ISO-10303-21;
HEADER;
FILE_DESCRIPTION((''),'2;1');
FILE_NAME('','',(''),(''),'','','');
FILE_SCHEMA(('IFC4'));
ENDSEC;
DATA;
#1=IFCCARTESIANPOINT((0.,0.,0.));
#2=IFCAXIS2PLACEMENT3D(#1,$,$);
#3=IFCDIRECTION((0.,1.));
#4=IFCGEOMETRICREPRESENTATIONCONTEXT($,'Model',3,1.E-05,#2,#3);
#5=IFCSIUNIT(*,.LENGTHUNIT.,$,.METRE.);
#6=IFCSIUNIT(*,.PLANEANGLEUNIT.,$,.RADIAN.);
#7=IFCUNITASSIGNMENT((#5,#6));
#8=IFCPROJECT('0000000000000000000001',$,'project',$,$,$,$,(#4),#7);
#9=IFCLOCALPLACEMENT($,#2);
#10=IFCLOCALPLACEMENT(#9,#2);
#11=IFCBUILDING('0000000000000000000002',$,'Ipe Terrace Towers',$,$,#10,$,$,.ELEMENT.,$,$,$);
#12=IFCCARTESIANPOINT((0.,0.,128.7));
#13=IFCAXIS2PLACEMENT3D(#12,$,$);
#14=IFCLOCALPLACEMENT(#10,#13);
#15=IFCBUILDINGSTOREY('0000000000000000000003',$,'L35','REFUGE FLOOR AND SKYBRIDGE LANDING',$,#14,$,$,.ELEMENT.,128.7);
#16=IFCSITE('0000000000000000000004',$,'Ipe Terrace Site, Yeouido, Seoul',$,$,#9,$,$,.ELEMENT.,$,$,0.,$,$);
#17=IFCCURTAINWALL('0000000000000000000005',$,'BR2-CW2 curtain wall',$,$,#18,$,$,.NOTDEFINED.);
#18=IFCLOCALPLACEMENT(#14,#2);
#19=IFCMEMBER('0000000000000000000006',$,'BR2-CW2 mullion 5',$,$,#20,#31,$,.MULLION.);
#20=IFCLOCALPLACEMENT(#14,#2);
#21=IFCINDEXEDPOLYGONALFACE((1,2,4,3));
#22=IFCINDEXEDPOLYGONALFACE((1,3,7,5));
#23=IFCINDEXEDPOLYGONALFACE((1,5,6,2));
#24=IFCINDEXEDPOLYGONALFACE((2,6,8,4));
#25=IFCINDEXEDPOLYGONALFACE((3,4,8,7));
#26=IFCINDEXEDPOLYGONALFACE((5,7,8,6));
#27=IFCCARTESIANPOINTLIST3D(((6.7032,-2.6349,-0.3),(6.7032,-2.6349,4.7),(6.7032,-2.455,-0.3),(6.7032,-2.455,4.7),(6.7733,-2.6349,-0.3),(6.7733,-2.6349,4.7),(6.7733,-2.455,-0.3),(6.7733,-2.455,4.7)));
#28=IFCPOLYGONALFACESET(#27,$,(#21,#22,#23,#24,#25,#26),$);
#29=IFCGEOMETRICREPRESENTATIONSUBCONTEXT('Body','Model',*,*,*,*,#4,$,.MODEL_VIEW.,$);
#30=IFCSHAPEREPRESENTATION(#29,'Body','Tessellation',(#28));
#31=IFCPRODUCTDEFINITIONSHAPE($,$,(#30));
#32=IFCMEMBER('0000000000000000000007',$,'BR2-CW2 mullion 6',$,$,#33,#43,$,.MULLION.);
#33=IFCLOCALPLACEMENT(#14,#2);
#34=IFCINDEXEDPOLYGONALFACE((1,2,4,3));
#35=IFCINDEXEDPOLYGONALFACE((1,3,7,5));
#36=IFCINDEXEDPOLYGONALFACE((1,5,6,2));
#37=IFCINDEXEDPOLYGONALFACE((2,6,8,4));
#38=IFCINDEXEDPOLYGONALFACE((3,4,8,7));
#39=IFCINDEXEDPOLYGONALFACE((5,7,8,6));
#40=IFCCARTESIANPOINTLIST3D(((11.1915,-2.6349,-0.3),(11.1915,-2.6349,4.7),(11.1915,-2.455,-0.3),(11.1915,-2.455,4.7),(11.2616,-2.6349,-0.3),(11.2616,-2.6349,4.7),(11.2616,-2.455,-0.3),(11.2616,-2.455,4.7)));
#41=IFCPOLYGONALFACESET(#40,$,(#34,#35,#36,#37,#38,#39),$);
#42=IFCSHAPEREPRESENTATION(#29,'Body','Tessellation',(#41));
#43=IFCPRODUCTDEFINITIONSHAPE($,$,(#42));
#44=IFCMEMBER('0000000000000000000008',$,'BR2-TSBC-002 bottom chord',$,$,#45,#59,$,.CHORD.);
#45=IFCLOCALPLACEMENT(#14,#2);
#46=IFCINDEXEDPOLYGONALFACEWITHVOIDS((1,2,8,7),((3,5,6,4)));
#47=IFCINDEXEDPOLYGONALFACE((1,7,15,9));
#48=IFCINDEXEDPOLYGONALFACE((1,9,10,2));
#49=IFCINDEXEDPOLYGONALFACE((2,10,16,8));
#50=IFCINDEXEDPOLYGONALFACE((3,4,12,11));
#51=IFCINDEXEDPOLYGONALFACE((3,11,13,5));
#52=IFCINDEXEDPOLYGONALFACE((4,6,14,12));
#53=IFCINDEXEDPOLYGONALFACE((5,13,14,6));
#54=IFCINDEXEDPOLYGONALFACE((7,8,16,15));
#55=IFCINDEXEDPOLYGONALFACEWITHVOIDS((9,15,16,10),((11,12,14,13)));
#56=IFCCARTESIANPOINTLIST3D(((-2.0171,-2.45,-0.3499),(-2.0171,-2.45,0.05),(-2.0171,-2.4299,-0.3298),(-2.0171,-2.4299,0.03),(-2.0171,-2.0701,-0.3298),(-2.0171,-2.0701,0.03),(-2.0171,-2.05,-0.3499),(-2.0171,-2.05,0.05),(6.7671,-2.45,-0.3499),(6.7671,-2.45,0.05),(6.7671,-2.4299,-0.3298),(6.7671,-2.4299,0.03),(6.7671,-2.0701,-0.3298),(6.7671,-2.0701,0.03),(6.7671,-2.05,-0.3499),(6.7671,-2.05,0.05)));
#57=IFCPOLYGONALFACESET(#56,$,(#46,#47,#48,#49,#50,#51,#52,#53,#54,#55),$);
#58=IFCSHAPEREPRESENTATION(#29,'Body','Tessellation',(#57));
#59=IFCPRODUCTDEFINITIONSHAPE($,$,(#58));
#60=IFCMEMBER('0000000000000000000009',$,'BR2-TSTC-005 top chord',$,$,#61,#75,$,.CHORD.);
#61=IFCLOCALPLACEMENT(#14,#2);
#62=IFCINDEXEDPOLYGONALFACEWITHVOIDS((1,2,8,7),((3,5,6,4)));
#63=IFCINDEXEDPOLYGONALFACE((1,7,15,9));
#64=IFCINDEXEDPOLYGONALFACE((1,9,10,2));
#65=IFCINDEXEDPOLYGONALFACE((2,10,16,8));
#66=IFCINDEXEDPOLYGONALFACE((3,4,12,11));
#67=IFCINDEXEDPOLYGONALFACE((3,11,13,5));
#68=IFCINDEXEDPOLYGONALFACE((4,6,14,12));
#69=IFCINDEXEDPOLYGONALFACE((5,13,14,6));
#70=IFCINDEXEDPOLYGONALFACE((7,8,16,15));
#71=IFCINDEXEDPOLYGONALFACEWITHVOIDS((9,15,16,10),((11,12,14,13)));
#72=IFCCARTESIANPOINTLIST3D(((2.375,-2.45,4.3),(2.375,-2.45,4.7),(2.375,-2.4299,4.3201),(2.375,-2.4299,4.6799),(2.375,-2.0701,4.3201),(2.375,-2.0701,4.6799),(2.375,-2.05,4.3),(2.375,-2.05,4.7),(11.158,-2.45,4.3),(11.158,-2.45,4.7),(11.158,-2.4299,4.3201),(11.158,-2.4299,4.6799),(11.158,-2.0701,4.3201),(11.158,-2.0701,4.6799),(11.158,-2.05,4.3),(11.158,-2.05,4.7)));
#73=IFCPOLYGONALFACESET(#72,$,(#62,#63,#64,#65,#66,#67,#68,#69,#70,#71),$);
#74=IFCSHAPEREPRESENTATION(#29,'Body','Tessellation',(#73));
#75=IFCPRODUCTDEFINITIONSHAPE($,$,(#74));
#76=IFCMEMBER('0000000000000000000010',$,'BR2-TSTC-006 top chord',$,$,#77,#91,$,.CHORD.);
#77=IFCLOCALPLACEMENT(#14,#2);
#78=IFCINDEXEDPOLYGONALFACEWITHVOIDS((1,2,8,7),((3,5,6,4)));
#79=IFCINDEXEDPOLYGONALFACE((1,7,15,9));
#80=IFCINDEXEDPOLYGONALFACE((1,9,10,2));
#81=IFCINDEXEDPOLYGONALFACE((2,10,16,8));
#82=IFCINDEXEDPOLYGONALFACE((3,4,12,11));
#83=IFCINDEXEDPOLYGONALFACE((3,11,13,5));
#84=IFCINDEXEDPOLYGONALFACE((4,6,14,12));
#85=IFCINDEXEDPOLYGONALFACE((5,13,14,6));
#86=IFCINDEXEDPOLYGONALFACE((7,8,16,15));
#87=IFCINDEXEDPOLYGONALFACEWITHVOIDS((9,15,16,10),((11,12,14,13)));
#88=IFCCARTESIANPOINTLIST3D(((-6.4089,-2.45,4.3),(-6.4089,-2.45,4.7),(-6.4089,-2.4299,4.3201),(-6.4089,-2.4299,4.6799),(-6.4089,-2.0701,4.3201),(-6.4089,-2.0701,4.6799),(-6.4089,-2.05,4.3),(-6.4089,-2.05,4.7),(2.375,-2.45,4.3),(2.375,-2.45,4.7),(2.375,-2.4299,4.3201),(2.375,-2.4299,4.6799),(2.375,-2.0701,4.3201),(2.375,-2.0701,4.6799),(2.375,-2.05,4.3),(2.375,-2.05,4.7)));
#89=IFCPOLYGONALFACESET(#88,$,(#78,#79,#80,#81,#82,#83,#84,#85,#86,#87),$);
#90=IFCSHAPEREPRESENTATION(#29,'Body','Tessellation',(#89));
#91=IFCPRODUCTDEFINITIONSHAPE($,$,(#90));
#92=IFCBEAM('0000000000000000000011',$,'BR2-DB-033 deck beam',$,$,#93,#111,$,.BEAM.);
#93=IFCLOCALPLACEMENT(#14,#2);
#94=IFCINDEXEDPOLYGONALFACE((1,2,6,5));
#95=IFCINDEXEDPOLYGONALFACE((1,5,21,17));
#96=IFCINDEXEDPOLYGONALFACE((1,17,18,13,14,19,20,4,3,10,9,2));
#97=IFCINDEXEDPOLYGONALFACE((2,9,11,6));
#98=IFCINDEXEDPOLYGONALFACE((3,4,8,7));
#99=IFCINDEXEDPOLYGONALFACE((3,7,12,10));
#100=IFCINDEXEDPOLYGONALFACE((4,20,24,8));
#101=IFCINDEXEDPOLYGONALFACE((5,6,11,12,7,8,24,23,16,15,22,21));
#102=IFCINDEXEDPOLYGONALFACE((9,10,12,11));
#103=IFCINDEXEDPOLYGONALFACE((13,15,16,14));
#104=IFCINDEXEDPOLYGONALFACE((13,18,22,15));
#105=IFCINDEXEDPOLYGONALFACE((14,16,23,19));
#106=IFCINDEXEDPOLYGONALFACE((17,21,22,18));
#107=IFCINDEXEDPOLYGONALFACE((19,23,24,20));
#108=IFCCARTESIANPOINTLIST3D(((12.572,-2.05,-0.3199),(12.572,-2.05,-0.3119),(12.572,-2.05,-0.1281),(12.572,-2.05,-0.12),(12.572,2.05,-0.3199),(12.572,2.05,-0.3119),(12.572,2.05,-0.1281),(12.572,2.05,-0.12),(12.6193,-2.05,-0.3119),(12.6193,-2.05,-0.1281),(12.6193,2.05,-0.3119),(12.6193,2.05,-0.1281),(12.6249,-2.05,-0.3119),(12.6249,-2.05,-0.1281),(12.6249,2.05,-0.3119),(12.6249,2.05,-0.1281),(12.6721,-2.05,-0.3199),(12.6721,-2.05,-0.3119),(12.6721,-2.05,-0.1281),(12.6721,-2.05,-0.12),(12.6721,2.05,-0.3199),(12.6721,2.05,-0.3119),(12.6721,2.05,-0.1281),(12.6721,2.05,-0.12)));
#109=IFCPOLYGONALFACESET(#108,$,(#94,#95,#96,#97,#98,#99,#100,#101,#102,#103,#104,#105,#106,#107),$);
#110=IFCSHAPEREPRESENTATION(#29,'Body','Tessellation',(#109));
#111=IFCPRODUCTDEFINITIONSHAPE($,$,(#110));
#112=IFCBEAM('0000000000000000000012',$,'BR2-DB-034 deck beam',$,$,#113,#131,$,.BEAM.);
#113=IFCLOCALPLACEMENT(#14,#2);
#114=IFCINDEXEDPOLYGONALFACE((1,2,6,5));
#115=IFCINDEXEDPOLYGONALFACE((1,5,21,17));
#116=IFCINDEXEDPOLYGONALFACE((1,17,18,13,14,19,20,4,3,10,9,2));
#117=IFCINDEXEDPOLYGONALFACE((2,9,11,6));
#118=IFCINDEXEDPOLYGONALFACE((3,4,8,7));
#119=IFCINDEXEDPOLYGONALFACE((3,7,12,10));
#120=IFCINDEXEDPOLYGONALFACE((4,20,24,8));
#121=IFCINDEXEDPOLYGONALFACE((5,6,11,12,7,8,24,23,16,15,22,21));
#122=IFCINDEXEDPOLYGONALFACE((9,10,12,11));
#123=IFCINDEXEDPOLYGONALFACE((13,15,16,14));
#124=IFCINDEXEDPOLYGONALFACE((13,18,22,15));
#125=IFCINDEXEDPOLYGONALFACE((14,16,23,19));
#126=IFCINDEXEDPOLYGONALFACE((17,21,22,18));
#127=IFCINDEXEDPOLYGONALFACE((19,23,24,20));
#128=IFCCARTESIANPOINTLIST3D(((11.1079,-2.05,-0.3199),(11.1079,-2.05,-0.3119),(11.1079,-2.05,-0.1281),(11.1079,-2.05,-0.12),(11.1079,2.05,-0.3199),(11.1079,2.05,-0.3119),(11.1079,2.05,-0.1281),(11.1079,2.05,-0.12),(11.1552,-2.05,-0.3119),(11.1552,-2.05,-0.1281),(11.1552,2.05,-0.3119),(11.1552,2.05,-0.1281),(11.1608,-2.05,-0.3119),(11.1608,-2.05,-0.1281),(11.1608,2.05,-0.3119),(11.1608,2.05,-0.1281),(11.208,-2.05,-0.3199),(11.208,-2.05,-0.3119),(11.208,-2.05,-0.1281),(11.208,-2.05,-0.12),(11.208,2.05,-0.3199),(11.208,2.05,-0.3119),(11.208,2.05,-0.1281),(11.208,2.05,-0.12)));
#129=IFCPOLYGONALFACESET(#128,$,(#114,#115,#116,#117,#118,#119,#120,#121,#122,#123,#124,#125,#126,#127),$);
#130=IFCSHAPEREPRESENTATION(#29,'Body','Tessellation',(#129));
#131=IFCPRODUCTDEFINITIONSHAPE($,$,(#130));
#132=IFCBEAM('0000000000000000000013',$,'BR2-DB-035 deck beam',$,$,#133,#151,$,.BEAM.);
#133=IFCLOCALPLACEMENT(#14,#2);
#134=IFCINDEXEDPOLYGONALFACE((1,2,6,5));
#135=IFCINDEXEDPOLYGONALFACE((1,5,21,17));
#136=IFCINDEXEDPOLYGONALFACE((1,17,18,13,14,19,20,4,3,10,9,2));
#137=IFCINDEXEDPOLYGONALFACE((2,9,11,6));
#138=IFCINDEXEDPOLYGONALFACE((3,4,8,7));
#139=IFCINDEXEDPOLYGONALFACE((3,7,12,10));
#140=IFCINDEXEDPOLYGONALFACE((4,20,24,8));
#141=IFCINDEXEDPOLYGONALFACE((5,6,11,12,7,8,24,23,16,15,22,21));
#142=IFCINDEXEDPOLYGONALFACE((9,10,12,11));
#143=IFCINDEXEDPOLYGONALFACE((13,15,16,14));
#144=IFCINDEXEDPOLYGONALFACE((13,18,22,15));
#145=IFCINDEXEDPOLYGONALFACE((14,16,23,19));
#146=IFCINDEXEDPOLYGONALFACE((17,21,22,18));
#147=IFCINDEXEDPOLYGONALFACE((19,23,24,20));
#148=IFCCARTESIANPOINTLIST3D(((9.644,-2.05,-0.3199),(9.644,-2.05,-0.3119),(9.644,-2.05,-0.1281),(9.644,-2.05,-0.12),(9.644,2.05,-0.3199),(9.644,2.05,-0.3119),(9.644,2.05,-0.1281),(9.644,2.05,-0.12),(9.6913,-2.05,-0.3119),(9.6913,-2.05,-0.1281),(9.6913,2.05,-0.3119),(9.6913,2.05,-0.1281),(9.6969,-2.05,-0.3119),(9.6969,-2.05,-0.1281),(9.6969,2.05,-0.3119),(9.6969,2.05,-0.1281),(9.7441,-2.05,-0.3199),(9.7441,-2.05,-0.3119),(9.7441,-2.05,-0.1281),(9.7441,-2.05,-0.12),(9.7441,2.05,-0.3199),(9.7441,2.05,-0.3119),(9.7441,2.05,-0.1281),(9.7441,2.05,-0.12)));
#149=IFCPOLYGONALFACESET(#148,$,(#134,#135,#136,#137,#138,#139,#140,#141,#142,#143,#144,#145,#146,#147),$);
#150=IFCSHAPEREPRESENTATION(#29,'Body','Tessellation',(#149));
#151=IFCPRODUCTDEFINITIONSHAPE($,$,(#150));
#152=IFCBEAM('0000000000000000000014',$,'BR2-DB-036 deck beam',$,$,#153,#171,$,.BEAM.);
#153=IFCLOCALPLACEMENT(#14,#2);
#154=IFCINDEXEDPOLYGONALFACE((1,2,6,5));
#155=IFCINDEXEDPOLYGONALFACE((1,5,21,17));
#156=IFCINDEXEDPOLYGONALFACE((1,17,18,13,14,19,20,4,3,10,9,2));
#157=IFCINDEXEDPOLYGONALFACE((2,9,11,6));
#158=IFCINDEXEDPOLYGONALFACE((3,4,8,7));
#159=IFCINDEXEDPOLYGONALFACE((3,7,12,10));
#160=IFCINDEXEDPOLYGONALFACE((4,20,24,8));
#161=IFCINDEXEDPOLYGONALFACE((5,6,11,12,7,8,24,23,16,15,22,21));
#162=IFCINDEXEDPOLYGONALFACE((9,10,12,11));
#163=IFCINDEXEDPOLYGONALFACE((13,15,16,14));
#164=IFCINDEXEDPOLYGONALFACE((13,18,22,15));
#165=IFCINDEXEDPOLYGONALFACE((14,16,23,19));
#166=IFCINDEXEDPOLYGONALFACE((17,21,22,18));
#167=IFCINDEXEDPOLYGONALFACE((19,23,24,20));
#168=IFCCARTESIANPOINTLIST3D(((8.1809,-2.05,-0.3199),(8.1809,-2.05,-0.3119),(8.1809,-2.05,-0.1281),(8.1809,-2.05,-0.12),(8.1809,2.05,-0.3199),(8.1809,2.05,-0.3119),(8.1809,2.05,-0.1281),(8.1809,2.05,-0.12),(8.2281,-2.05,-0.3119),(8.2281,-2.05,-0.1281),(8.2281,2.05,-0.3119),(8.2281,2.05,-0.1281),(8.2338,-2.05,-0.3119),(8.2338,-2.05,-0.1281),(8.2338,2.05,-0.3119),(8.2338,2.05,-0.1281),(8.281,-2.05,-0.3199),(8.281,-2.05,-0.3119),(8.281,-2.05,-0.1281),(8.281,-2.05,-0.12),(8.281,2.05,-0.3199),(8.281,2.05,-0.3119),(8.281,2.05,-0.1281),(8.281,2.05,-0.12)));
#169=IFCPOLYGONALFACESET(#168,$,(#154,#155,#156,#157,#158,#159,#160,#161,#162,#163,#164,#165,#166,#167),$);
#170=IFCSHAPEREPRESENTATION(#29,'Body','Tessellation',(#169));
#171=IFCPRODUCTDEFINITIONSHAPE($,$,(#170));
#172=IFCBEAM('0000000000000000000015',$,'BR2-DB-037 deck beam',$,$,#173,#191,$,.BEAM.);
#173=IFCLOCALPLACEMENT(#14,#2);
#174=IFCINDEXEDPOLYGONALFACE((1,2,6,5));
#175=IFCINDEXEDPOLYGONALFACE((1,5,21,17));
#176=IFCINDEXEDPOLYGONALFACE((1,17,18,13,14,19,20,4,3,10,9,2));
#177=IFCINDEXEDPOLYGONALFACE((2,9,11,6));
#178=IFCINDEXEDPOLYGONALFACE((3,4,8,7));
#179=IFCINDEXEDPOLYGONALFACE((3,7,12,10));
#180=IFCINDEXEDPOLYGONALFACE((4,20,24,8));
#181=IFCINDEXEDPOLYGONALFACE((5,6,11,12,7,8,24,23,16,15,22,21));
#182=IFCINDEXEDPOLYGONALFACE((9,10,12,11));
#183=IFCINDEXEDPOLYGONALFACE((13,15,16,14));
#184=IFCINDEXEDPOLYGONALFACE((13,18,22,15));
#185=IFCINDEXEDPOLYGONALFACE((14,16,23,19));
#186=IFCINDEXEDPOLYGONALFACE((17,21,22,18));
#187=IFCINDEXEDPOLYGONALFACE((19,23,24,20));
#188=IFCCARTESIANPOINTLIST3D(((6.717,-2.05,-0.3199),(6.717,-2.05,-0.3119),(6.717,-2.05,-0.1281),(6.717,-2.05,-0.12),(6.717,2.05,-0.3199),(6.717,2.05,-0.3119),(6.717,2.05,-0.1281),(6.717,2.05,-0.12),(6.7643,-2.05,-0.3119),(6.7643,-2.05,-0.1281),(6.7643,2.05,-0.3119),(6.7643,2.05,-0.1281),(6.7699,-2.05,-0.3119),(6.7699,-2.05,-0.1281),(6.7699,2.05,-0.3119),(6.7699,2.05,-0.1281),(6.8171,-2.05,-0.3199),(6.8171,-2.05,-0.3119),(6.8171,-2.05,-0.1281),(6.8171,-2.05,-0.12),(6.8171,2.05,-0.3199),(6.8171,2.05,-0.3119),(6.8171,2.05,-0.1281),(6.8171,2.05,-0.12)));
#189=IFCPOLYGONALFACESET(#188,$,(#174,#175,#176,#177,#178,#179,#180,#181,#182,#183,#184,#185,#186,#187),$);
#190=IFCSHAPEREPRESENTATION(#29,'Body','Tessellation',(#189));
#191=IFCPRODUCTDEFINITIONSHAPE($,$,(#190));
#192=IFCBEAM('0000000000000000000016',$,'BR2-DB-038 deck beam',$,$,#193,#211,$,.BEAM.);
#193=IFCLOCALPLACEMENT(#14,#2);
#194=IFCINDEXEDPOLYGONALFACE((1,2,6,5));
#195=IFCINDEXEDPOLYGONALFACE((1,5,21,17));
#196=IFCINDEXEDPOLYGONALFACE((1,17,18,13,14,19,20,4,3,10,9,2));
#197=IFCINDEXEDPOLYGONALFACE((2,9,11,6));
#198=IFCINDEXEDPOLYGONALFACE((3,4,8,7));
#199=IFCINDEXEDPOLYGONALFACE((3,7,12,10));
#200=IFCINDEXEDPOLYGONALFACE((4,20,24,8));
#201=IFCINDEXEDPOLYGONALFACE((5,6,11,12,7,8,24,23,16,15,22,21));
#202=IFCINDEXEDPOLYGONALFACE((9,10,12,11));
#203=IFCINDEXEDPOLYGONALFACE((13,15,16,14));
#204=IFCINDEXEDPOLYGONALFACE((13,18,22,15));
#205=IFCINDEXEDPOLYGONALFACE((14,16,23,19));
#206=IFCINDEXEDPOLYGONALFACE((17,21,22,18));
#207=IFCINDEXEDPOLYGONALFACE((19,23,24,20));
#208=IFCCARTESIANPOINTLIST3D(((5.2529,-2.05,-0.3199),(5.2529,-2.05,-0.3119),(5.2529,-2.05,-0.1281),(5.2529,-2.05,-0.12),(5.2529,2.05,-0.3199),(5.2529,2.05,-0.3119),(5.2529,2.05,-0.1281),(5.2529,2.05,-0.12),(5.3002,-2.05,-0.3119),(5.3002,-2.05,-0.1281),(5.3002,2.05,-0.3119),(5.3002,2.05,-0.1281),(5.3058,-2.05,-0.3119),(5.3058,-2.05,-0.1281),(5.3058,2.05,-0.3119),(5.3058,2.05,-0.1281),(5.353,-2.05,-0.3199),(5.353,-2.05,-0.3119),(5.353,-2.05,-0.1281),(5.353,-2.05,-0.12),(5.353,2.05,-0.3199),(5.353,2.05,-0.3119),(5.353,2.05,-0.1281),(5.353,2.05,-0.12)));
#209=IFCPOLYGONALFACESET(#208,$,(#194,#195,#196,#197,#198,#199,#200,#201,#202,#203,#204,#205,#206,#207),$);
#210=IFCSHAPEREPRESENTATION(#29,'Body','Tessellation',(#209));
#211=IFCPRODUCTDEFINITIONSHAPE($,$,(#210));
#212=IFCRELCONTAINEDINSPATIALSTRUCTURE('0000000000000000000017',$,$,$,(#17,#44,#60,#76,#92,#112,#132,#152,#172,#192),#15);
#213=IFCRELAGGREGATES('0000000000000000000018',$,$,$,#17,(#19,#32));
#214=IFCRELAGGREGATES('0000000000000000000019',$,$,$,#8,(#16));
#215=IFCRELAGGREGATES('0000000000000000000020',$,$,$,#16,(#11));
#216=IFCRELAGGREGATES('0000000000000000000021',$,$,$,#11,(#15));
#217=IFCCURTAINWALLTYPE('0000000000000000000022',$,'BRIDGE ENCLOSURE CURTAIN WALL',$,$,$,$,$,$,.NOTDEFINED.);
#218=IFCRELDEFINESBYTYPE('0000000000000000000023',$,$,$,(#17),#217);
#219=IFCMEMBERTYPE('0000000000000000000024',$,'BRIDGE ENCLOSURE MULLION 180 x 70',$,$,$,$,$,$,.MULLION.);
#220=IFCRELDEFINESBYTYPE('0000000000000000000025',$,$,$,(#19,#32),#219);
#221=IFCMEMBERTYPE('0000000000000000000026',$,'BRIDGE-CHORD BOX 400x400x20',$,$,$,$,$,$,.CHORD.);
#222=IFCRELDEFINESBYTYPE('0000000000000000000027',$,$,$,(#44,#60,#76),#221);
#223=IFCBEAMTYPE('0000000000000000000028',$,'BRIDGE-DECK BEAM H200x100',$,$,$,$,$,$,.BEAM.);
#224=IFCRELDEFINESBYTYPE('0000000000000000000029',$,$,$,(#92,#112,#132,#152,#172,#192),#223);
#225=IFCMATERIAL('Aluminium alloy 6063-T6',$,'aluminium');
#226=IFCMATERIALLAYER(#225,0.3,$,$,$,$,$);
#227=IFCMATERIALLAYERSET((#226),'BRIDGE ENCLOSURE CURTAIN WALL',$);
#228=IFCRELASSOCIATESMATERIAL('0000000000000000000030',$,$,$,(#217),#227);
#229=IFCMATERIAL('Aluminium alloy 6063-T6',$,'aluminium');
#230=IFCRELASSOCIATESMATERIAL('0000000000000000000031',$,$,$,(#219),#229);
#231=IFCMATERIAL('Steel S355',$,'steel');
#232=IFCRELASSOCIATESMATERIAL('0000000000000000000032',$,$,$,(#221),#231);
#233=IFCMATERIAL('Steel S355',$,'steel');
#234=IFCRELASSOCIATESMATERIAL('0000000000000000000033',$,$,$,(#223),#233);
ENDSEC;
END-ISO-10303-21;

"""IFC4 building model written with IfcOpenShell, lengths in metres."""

from ifc_helpers import new_model, si_unit, direction, frame, origin, origin_2d, place, context, subcontext, project, spatial, rectangle, hollow_rectangle, i_section, extrude, material, layer, layer_set, material_profile, profile_set, type_object, element, aggregate, save


model = new_model("IFC4")

# Units and contexts
model_context = context("Model", 3, precision=1e-05, world=origin(), true_north=direction((0.0, 1.0)))
body_context = subcontext(model_context, "Body", "Model", "MODEL_VIEW")
ifc_project = project(units=[si_unit("LENGTHUNIT", "METRE"), si_unit("PLANEANGLEUNIT", "RADIAN")], contexts=[model_context])

# Site, building, storey
site_placement = place(None, origin())
site = spatial("IfcSite", under=ifc_project, at=site_placement, Name="Ipe Terrace Site, Yeouido, Seoul", CompositionType="ELEMENT", RefElevation=0.0)
building_placement = place(site_placement, origin())
building = spatial("IfcBuilding", under=site, at=building_placement, Name="Ipe Terrace Towers", CompositionType="ELEMENT")
storey_placement = place(building_placement, frame((0.0, 0.0, 128.7)))
storey = spatial("IfcBuildingStorey", under=building, at=storey_placement, Name="L35", Description="REFUGE FLOOR AND SKYBRIDGE LANDING", CompositionType="ELEMENT", Elevation=128.7)

# Curtain wall, members
ifc_material_1 = material(Name="Aluminium alloy 6063-T6", Category="aluminium")
ifc_layer_1 = layer(ifc_material_1, 0.3)
ifc_layer_set_1 = layer_set([ifc_layer_1], Name="BRIDGE ENCLOSURE CURTAIN WALL")
curtain_wall_type = type_object("IfcCurtainWallType", Name="BRIDGE ENCLOSURE CURTAIN WALL", PredefinedType="NOTDEFINED", material=ifc_layer_set_1)
curtain_wall_placement = place(storey_placement, origin())
curtain_wall = element("IfcCurtainWall", 1, at=curtain_wall_placement, inside=storey, type_object=curtain_wall_type, Name="BR2-CW2 curtain wall", PredefinedType="NOTDEFINED")
ifc_material_2 = material(Name="Aluminium alloy 6063-T6", Category="aluminium")
ifc_material_profile_1 = material_profile(ifc_material_2, rectangle(XDim=0.1799, YDim=0.0701, at=origin_2d()), Name="BRIDGE ENCLOSURE MULLION 180 x 70")
ifc_profile_set_1 = profile_set([ifc_material_profile_1], Name="Aluminium alloy 6063-T6")
member_type_1 = type_object("IfcMemberType", Name="BRIDGE ENCLOSURE MULLION 180 x 70", PredefinedType="MULLION", material=ifc_profile_set_1)
member_1_placement = place(storey_placement, frame((6.7383, -2.5449, -0.3), z_axis=(0.0, 0.0, 1.0), x_axis=(0.0, -1.0, 0.0)))
member_1 = element("IfcMember", 2, at=member_1_placement, type_object=member_type_1, Name="BR2-CW2 mullion 5", PredefinedType="MULLION", context=body_context, shape_type="SweptSolid", body=[
    extrude(rectangle(XDim=0.1799, YDim=0.0701, at=origin_2d()), origin(), (0.0, 0.0, 1.0), 5.0),
])
member_2_placement = place(storey_placement, frame((11.2266, -2.5449, -0.3), z_axis=(0.0, 0.0, 1.0), x_axis=(0.0, -1.0, 0.0)))
member_2 = element("IfcMember", 3, at=member_2_placement, type_object=member_type_1, Name="BR2-CW2 mullion 6", PredefinedType="MULLION", context=body_context, shape_type="SweptSolid", body=[
    extrude(rectangle(XDim=0.1799, YDim=0.0701, at=origin_2d()), origin(), (0.0, 0.0, 1.0), 5.0),
])

# Members
ifc_material_3 = material(Name="Steel S355", Category="steel")
ifc_material_profile_2 = material_profile(ifc_material_3, hollow_rectangle(XDim=0.3999, YDim=0.3999, WallThickness=0.02, at=origin_2d()), Name="BRIDGE-CHORD BOX 400x400x20")
ifc_profile_set_2 = profile_set([ifc_material_profile_2], Name="Steel S355")
member_type_2 = type_object("IfcMemberType", Name="BRIDGE-CHORD BOX 400x400x20", PredefinedType="CHORD", material=ifc_profile_set_2)
member_3_placement = place(storey_placement, frame((6.7671, -2.25, -0.1499), z_axis=(-1.0, 0.0, 0.0), x_axis=(0.0, -1.0, 0.0)))
element("IfcMember", 4, at=member_3_placement, inside=storey, type_object=member_type_2, Name="BR2-TSBC-002 bottom chord", PredefinedType="CHORD", context=body_context, shape_type="SweptSolid", body=[
    extrude(hollow_rectangle(XDim=0.3999, YDim=0.3999, WallThickness=0.02, at=origin_2d()), origin(), (0.0, 0.0, 1.0), 8.7842),
])
member_4_placement = place(storey_placement, frame((11.158, -2.25, 4.5), z_axis=(-1.0, 0.0, 0.0), x_axis=(0.0, -1.0, 0.0)))
element("IfcMember", 5, at=member_4_placement, inside=storey, type_object=member_type_2, Name="BR2-TSTC-005 top chord", PredefinedType="CHORD", context=body_context, shape_type="SweptSolid", body=[
    extrude(hollow_rectangle(XDim=0.3999, YDim=0.3999, WallThickness=0.02, at=origin_2d()), origin(), (0.0, 0.0, 1.0), 8.783),
])
member_5_placement = place(storey_placement, frame((2.375, -2.25, 4.5), z_axis=(-1.0, 0.0, 0.0), x_axis=(0.0, -1.0, 0.0)))
element("IfcMember", 6, at=member_5_placement, inside=storey, type_object=member_type_2, Name="BR2-TSTC-006 top chord", PredefinedType="CHORD", context=body_context, shape_type="SweptSolid", body=[
    extrude(hollow_rectangle(XDim=0.3999, YDim=0.3999, WallThickness=0.02, at=origin_2d()), origin(), (0.0, 0.0, 1.0), 8.7839),
])

# Beams
ifc_material_4 = material(Name="Steel S355", Category="steel")
ifc_material_profile_3 = material_profile(ifc_material_4, i_section(OverallWidth=0.1001, OverallDepth=0.2, WebThickness=0.0056, FlangeThickness=0.0081, at=origin_2d()), Name="H200x100")
ifc_profile_set_3 = profile_set([ifc_material_profile_3], Name="Steel S355")
beam_type_1 = type_object("IfcBeamType", Name="BRIDGE-DECK BEAM H200x100", PredefinedType="BEAM", material=ifc_profile_set_3)
for number, where, z_axis, x_axis, name in (
    (7, (12.6221, -2.05, -0.22), (0.0, 1.0, 0.0), (-1.0, 0.0, 0.0), "BR2-DB-033 deck beam"),
    (8, (11.158, -2.05, -0.22), (0.0, 1.0, 0.0), (-1.0, 0.0, 0.0), "BR2-DB-034 deck beam"),
    (9, (9.6941, -2.05, -0.22), (0.0, 1.0, 0.0), (-1.0, 0.0, 0.0), "BR2-DB-035 deck beam"),
    (10, (8.231, -2.05, -0.22), (0.0, 1.0, 0.0), (-1.0, 0.0, 0.0), "BR2-DB-036 deck beam"),
    (11, (6.7671, -2.05, -0.22), (0.0, 1.0, 0.0), (-1.0, 0.0, 0.0), "BR2-DB-037 deck beam"),
    (12, (5.303, -2.05, -0.22), (0.0, 1.0, 0.0), (-1.0, 0.0, 0.0), "BR2-DB-038 deck beam"),
):
    element("IfcBeam", number, at=place(storey_placement, frame(where, z_axis=z_axis, x_axis=x_axis)), inside=storey, type_object=beam_type_1, Name=name, PredefinedType="BEAM", context=body_context, shape_type="SweptSolid", body=[
        extrude(i_section(OverallWidth=0.1001, OverallDepth=0.2, WebThickness=0.0056, FlangeThickness=0.0081, at=origin_2d()), origin(), (0.0, 0.0, 1.0), 4.1001),
    ])

aggregate(curtain_wall, [member_1, member_2])

save(model, "model.ifc")
